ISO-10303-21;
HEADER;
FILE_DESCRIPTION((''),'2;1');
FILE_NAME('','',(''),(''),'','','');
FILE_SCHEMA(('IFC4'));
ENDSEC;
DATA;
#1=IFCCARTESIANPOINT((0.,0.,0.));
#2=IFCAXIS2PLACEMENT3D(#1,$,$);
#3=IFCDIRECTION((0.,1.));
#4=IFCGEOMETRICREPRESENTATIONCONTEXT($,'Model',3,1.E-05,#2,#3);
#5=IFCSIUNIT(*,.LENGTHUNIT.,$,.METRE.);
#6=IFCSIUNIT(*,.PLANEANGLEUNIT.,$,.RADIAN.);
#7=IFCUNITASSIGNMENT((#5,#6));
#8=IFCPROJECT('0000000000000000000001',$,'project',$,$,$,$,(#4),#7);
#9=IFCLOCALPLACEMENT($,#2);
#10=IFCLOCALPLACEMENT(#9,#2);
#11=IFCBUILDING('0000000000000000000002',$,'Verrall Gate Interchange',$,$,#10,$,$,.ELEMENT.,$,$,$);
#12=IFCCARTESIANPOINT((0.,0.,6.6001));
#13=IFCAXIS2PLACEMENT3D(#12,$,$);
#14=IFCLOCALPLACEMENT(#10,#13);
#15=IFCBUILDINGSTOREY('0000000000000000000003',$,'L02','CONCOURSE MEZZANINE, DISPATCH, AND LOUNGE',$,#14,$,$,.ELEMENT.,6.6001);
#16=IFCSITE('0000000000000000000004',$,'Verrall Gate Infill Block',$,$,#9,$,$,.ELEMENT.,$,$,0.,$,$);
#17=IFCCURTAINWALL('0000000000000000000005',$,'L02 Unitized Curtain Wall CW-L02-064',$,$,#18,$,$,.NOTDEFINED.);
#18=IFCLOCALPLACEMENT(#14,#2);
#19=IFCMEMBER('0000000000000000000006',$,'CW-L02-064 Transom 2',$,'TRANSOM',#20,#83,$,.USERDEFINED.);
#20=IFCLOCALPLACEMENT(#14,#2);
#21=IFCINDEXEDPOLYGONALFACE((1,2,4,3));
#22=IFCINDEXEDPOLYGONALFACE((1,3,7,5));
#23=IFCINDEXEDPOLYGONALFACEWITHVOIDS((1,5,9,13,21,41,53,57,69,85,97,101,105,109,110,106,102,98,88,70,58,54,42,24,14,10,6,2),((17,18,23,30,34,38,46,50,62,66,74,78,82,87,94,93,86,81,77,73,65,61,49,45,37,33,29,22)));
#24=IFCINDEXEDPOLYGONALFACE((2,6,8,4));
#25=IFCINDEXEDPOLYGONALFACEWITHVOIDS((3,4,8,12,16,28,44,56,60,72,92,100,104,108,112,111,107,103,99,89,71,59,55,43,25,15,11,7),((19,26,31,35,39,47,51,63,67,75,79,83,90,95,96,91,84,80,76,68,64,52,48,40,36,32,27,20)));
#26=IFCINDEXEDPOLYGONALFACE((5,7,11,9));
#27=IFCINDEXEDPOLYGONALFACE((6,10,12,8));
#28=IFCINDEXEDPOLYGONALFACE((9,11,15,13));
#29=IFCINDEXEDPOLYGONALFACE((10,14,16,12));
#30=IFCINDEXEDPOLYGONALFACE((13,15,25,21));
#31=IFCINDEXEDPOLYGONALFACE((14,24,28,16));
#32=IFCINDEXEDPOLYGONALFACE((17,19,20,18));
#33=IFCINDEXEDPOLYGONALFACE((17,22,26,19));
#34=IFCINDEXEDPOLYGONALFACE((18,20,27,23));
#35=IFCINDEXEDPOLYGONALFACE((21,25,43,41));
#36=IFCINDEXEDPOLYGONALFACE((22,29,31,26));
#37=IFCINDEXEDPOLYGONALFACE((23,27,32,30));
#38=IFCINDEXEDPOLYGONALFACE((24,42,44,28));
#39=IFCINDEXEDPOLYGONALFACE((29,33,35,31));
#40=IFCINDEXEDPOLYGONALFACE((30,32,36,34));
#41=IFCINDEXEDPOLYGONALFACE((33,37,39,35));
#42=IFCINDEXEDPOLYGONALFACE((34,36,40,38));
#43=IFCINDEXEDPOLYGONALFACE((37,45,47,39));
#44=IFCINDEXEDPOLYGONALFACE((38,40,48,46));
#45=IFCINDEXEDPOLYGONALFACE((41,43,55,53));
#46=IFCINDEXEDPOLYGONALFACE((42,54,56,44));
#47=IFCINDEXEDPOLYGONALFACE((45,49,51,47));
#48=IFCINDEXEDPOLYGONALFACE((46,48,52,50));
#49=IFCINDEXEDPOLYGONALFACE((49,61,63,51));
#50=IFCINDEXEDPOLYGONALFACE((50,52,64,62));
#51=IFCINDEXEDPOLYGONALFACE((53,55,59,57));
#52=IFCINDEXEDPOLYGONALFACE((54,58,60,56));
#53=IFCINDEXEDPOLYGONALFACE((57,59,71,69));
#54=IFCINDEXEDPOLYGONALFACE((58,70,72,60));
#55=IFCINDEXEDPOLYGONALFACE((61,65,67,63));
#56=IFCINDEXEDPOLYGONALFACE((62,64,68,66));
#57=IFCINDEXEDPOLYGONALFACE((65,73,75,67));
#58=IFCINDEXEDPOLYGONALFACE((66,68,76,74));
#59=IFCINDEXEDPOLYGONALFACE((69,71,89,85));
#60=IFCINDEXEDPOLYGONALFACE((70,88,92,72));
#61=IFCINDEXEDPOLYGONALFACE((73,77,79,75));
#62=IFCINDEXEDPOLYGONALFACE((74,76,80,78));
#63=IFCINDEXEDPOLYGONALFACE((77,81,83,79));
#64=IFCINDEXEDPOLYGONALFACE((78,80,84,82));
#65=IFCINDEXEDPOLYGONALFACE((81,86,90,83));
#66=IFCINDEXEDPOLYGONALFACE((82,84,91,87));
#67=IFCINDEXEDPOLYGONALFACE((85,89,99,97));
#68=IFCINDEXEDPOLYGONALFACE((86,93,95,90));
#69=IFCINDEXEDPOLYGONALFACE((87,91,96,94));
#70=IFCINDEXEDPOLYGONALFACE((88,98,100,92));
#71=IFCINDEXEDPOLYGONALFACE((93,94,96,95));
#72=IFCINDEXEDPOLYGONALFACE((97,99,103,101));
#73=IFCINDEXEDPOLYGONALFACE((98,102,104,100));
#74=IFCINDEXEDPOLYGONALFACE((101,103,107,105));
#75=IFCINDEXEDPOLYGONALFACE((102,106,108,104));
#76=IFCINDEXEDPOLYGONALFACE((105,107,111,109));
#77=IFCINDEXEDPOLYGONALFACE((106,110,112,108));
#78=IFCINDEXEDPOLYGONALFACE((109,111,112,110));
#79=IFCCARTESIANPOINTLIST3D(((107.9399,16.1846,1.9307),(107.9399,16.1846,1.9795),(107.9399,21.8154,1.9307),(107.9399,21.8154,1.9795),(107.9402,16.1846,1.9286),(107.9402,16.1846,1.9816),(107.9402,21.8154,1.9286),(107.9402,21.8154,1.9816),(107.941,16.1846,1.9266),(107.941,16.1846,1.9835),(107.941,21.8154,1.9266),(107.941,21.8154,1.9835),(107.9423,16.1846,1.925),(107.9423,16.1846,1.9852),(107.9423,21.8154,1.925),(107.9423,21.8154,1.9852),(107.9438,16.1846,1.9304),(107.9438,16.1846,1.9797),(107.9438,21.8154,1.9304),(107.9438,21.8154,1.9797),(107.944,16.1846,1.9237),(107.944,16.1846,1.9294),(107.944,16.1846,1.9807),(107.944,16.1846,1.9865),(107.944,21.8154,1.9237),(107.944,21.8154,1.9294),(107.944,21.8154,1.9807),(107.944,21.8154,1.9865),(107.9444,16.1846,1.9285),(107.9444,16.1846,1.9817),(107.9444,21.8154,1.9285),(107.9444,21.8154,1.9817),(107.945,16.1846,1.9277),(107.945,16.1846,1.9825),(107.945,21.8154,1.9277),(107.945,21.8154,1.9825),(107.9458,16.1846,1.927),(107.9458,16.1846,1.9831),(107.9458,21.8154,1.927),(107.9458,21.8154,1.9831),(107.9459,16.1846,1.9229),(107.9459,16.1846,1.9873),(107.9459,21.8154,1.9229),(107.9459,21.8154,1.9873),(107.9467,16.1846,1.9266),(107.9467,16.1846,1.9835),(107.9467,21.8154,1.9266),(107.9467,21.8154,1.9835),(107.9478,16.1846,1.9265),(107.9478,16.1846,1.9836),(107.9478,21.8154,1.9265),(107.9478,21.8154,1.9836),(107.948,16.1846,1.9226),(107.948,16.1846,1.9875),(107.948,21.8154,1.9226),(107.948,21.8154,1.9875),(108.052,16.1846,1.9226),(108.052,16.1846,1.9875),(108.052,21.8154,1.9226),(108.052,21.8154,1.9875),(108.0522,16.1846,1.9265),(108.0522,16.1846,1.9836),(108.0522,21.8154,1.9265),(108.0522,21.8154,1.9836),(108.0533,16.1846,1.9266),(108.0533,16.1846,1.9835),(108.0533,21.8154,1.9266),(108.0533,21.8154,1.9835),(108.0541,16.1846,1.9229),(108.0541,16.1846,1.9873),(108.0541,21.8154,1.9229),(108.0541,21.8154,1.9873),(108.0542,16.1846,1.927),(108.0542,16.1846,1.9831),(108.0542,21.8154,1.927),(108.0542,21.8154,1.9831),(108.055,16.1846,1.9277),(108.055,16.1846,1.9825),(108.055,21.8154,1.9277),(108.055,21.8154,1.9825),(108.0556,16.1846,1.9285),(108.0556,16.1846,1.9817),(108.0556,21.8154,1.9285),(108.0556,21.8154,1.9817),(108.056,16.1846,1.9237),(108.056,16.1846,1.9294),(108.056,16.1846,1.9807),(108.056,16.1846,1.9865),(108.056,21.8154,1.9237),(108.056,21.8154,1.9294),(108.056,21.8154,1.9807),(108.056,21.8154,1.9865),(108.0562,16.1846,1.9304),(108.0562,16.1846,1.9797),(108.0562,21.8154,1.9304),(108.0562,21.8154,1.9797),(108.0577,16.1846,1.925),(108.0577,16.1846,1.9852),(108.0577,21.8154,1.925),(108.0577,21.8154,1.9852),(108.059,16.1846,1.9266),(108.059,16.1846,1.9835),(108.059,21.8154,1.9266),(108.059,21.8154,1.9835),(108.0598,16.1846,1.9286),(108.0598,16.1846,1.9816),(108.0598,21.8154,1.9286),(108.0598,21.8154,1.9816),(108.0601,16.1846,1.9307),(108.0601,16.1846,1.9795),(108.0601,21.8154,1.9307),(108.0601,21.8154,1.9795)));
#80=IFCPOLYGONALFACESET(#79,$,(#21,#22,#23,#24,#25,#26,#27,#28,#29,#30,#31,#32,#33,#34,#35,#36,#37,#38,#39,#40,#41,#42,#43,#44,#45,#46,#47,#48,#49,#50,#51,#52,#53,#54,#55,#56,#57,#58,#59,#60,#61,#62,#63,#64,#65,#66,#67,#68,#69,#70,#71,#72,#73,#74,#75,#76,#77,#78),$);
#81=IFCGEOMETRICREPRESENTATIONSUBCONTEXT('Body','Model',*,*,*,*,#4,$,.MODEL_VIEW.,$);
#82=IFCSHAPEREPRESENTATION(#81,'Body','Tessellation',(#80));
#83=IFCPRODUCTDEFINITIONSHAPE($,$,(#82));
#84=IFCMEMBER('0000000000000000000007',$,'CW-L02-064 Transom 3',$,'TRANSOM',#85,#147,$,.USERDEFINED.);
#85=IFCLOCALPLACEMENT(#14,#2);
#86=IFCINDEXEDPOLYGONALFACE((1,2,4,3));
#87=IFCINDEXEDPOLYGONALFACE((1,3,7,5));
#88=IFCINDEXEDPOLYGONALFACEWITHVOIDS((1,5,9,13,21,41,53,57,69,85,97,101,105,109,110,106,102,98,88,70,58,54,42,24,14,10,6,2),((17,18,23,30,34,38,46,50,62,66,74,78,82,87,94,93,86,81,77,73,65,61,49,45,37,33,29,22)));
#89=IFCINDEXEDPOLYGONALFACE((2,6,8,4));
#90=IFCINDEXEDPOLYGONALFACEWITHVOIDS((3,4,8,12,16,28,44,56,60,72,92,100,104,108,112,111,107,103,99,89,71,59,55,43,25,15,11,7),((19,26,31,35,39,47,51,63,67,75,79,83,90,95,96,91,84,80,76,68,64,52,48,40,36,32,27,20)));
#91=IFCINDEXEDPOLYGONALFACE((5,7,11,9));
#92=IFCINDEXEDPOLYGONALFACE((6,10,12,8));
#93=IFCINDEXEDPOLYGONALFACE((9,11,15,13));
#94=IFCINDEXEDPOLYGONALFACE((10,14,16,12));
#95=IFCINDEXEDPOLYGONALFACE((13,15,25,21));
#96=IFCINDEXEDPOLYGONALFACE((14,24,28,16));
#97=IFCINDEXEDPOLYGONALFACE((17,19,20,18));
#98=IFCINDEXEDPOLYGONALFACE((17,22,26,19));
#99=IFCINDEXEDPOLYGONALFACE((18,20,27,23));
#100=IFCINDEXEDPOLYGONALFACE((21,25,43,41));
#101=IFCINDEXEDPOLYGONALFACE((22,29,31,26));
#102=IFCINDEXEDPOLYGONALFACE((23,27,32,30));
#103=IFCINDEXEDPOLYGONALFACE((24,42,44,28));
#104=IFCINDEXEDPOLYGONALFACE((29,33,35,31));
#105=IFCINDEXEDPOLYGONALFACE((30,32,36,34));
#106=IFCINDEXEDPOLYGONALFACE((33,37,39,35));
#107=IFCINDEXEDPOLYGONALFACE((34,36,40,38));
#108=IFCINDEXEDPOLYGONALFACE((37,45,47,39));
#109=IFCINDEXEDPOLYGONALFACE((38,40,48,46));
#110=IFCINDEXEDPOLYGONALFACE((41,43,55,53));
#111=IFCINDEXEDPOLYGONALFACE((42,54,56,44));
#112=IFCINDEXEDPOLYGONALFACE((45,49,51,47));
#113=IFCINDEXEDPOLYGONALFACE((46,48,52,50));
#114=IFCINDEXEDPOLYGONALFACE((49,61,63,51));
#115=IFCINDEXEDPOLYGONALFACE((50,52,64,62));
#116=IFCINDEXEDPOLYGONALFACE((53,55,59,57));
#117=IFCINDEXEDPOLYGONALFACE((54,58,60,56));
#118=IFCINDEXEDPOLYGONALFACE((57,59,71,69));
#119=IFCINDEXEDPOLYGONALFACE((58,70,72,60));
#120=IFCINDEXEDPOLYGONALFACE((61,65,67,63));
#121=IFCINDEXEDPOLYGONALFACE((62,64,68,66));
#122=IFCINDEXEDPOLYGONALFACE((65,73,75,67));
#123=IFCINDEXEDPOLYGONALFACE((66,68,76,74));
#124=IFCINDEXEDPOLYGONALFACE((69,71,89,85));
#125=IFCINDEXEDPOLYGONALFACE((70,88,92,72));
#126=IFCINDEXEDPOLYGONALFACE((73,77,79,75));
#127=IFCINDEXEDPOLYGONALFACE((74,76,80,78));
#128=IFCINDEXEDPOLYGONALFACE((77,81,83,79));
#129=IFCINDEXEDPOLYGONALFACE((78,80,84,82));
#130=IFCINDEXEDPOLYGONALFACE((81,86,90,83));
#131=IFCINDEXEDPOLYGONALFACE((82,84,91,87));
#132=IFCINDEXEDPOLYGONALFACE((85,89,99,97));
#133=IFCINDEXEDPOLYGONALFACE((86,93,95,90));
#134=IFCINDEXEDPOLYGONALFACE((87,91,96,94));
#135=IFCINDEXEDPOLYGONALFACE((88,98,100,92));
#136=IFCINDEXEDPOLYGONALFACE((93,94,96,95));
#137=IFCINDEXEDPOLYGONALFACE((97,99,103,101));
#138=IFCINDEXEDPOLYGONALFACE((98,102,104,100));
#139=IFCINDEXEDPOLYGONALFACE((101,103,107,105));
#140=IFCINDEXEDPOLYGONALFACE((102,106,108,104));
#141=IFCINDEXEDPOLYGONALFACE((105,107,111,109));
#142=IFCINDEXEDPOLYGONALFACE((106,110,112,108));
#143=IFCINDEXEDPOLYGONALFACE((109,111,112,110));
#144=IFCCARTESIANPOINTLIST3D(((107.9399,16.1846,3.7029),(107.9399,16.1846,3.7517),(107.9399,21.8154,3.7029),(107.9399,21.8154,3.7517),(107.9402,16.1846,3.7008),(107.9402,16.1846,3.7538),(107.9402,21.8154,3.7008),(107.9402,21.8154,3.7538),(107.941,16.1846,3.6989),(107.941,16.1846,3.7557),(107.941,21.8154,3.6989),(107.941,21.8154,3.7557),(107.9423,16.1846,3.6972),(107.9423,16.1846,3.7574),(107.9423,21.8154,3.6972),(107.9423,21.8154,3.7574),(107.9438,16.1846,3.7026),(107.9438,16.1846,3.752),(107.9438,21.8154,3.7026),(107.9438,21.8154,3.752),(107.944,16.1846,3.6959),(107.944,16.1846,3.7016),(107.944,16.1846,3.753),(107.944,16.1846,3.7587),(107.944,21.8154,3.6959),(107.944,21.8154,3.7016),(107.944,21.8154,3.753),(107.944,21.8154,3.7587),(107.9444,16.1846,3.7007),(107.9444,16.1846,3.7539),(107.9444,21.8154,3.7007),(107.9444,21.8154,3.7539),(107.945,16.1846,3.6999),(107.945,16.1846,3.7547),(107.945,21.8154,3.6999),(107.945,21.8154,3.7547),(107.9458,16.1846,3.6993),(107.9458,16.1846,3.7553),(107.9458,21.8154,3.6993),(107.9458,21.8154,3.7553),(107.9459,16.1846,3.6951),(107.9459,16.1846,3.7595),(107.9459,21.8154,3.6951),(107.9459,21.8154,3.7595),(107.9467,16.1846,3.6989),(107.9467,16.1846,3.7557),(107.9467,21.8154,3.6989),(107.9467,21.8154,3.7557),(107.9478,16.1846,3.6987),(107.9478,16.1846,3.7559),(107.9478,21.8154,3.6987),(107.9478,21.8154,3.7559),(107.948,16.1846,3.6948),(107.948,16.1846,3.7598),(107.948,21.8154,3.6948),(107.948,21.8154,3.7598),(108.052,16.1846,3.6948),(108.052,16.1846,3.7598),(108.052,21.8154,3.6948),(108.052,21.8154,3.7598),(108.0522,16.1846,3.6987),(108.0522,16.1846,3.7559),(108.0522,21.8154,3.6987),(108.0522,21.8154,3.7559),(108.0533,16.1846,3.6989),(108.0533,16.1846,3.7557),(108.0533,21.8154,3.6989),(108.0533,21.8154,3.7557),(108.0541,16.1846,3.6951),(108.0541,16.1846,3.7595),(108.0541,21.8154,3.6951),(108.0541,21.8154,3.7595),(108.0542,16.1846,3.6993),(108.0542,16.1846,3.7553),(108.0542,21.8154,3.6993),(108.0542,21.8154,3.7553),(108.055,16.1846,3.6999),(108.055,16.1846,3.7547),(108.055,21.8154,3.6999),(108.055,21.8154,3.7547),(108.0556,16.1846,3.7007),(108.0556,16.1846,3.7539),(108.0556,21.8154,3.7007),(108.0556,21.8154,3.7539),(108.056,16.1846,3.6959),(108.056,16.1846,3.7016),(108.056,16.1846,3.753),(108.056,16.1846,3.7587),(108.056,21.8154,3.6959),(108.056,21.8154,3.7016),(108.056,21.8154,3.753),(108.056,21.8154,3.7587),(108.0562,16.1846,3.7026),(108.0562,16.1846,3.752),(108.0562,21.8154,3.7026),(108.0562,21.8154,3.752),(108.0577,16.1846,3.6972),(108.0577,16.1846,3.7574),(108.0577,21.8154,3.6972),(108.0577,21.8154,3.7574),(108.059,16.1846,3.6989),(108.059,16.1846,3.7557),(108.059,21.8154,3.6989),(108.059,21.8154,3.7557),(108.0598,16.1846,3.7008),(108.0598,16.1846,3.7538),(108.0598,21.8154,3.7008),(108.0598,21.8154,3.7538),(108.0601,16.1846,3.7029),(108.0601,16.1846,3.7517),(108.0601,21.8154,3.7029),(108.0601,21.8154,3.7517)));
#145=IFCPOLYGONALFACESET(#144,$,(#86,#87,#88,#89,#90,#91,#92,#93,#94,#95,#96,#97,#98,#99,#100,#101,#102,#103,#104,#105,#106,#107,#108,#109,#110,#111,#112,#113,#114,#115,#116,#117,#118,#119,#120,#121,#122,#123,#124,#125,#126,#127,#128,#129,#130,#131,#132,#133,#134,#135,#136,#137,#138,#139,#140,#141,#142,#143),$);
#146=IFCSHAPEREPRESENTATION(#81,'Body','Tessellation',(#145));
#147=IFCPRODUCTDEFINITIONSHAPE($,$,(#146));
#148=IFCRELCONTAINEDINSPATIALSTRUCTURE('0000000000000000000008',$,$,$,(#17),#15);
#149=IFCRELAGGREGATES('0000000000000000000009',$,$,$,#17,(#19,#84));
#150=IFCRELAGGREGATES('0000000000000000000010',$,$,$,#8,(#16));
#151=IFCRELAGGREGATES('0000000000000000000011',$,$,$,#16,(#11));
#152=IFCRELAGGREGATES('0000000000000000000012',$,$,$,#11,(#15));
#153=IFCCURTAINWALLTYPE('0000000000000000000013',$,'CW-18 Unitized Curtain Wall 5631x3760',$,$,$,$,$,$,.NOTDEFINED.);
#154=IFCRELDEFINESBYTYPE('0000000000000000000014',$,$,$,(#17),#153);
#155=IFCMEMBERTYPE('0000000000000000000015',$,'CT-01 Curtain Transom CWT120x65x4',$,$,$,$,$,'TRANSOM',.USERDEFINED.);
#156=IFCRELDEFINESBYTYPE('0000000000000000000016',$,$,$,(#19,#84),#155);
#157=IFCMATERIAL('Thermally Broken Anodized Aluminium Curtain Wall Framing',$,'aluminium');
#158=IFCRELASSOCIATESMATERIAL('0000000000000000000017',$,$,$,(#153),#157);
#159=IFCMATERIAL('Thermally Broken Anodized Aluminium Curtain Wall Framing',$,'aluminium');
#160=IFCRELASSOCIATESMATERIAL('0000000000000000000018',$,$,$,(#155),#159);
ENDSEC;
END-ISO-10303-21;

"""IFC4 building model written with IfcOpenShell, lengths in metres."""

from ifc_helpers import new_model, si_unit, direction, frame, origin, origin_2d, place, context, subcontext, project, spatial, hollow_rectangle, extrude, material, material_profile, profile_set, type_object, element, aggregate, save


model = new_model("IFC4")

# Units and contexts
model_context = context("Model", 3, precision=1e-05, world=origin(), true_north=direction((0.0, 1.0)))
body_context = subcontext(model_context, "Body", "Model", "MODEL_VIEW")
ifc_project = project(units=[si_unit("LENGTHUNIT", "METRE"), si_unit("PLANEANGLEUNIT", "RADIAN")], contexts=[model_context])

# Site, building, storey
site_placement = place(None, origin())
site = spatial("IfcSite", under=ifc_project, at=site_placement, Name="Verrall Gate Infill Block", CompositionType="ELEMENT", RefElevation=0.0)
building_placement = place(site_placement, origin())
building = spatial("IfcBuilding", under=site, at=building_placement, Name="Verrall Gate Interchange", CompositionType="ELEMENT")
storey_placement = place(building_placement, frame((0.0, 0.0, 6.6001)))
storey = spatial("IfcBuildingStorey", under=building, at=storey_placement, Name="L02", Description="CONCOURSE MEZZANINE, DISPATCH, AND LOUNGE", CompositionType="ELEMENT", Elevation=6.6001)

# Curtain wall
ifc_material_1 = material(Name="Thermally Broken Anodized Aluminium Curtain Wall Framing", Category="aluminium")
curtain_wall_type = type_object("IfcCurtainWallType", Name="CW-18 Unitized Curtain Wall 5631x3760", PredefinedType="NOTDEFINED", material=ifc_material_1)
curtain_wall_1_placement = place(storey_placement, origin())
curtain_wall_1 = element("IfcCurtainWall", 1, at=curtain_wall_1_placement, inside=storey, type_object=curtain_wall_type, Name="L02 Unitized Curtain Wall CW-L02-064", PredefinedType="NOTDEFINED")

# Members
ifc_material_2 = material(Name="Thermally Broken Anodized Aluminium Curtain Wall Framing", Category="aluminium")
ifc_material_profile_1 = material_profile(ifc_material_2, hollow_rectangle(XDim=0.1201, YDim=0.0649, WallThickness=0.0039, InnerFilletRadius=0.0039, OuterFilletRadius=0.0081, at=origin_2d()), Name="CWT120x65x4")
ifc_profile_set_1 = profile_set([ifc_material_profile_1], Name="Thermally Broken Anodized Aluminium Curtain Wall Framing")
member_type_1 = type_object("IfcMemberType", Name="CT-01 Curtain Transom CWT120x65x4", ElementType="TRANSOM", PredefinedType="USERDEFINED", material=ifc_profile_set_1)
member_1_placement = place(storey_placement, frame((108.0, 16.1846, 1.9551), z_axis=(0.0, 1.0, 0.0), x_axis=(-1.0, 0.0, 0.0)))
member_1 = element("IfcMember", 2, at=member_1_placement, type_object=member_type_1, Name="CW-L02-064 Transom 2", ObjectType="TRANSOM", PredefinedType="USERDEFINED", context=body_context, shape_type="SweptSolid", body=[
    extrude(hollow_rectangle(XDim=0.1201, YDim=0.0649, WallThickness=0.0039, InnerFilletRadius=0.0039, OuterFilletRadius=0.0081, at=origin_2d()), origin(), (0.0, 0.0, 1.0), 5.6309),
])
member_2_placement = place(storey_placement, frame((108.0, 16.1846, 3.7273), z_axis=(0.0, 1.0, 0.0), x_axis=(-1.0, 0.0, 0.0)))
member_2 = element("IfcMember", 3, at=member_2_placement, type_object=member_type_1, Name="CW-L02-064 Transom 3", ObjectType="TRANSOM", PredefinedType="USERDEFINED", context=body_context, shape_type="SweptSolid", body=[
    extrude(hollow_rectangle(XDim=0.1201, YDim=0.0649, WallThickness=0.0039, InnerFilletRadius=0.0039, OuterFilletRadius=0.0081, at=origin_2d()), origin(), (0.0, 0.0, 1.0), 5.6309),
])

aggregate(curtain_wall_1, [member_1, member_2])

save(model, "model.ifc")
